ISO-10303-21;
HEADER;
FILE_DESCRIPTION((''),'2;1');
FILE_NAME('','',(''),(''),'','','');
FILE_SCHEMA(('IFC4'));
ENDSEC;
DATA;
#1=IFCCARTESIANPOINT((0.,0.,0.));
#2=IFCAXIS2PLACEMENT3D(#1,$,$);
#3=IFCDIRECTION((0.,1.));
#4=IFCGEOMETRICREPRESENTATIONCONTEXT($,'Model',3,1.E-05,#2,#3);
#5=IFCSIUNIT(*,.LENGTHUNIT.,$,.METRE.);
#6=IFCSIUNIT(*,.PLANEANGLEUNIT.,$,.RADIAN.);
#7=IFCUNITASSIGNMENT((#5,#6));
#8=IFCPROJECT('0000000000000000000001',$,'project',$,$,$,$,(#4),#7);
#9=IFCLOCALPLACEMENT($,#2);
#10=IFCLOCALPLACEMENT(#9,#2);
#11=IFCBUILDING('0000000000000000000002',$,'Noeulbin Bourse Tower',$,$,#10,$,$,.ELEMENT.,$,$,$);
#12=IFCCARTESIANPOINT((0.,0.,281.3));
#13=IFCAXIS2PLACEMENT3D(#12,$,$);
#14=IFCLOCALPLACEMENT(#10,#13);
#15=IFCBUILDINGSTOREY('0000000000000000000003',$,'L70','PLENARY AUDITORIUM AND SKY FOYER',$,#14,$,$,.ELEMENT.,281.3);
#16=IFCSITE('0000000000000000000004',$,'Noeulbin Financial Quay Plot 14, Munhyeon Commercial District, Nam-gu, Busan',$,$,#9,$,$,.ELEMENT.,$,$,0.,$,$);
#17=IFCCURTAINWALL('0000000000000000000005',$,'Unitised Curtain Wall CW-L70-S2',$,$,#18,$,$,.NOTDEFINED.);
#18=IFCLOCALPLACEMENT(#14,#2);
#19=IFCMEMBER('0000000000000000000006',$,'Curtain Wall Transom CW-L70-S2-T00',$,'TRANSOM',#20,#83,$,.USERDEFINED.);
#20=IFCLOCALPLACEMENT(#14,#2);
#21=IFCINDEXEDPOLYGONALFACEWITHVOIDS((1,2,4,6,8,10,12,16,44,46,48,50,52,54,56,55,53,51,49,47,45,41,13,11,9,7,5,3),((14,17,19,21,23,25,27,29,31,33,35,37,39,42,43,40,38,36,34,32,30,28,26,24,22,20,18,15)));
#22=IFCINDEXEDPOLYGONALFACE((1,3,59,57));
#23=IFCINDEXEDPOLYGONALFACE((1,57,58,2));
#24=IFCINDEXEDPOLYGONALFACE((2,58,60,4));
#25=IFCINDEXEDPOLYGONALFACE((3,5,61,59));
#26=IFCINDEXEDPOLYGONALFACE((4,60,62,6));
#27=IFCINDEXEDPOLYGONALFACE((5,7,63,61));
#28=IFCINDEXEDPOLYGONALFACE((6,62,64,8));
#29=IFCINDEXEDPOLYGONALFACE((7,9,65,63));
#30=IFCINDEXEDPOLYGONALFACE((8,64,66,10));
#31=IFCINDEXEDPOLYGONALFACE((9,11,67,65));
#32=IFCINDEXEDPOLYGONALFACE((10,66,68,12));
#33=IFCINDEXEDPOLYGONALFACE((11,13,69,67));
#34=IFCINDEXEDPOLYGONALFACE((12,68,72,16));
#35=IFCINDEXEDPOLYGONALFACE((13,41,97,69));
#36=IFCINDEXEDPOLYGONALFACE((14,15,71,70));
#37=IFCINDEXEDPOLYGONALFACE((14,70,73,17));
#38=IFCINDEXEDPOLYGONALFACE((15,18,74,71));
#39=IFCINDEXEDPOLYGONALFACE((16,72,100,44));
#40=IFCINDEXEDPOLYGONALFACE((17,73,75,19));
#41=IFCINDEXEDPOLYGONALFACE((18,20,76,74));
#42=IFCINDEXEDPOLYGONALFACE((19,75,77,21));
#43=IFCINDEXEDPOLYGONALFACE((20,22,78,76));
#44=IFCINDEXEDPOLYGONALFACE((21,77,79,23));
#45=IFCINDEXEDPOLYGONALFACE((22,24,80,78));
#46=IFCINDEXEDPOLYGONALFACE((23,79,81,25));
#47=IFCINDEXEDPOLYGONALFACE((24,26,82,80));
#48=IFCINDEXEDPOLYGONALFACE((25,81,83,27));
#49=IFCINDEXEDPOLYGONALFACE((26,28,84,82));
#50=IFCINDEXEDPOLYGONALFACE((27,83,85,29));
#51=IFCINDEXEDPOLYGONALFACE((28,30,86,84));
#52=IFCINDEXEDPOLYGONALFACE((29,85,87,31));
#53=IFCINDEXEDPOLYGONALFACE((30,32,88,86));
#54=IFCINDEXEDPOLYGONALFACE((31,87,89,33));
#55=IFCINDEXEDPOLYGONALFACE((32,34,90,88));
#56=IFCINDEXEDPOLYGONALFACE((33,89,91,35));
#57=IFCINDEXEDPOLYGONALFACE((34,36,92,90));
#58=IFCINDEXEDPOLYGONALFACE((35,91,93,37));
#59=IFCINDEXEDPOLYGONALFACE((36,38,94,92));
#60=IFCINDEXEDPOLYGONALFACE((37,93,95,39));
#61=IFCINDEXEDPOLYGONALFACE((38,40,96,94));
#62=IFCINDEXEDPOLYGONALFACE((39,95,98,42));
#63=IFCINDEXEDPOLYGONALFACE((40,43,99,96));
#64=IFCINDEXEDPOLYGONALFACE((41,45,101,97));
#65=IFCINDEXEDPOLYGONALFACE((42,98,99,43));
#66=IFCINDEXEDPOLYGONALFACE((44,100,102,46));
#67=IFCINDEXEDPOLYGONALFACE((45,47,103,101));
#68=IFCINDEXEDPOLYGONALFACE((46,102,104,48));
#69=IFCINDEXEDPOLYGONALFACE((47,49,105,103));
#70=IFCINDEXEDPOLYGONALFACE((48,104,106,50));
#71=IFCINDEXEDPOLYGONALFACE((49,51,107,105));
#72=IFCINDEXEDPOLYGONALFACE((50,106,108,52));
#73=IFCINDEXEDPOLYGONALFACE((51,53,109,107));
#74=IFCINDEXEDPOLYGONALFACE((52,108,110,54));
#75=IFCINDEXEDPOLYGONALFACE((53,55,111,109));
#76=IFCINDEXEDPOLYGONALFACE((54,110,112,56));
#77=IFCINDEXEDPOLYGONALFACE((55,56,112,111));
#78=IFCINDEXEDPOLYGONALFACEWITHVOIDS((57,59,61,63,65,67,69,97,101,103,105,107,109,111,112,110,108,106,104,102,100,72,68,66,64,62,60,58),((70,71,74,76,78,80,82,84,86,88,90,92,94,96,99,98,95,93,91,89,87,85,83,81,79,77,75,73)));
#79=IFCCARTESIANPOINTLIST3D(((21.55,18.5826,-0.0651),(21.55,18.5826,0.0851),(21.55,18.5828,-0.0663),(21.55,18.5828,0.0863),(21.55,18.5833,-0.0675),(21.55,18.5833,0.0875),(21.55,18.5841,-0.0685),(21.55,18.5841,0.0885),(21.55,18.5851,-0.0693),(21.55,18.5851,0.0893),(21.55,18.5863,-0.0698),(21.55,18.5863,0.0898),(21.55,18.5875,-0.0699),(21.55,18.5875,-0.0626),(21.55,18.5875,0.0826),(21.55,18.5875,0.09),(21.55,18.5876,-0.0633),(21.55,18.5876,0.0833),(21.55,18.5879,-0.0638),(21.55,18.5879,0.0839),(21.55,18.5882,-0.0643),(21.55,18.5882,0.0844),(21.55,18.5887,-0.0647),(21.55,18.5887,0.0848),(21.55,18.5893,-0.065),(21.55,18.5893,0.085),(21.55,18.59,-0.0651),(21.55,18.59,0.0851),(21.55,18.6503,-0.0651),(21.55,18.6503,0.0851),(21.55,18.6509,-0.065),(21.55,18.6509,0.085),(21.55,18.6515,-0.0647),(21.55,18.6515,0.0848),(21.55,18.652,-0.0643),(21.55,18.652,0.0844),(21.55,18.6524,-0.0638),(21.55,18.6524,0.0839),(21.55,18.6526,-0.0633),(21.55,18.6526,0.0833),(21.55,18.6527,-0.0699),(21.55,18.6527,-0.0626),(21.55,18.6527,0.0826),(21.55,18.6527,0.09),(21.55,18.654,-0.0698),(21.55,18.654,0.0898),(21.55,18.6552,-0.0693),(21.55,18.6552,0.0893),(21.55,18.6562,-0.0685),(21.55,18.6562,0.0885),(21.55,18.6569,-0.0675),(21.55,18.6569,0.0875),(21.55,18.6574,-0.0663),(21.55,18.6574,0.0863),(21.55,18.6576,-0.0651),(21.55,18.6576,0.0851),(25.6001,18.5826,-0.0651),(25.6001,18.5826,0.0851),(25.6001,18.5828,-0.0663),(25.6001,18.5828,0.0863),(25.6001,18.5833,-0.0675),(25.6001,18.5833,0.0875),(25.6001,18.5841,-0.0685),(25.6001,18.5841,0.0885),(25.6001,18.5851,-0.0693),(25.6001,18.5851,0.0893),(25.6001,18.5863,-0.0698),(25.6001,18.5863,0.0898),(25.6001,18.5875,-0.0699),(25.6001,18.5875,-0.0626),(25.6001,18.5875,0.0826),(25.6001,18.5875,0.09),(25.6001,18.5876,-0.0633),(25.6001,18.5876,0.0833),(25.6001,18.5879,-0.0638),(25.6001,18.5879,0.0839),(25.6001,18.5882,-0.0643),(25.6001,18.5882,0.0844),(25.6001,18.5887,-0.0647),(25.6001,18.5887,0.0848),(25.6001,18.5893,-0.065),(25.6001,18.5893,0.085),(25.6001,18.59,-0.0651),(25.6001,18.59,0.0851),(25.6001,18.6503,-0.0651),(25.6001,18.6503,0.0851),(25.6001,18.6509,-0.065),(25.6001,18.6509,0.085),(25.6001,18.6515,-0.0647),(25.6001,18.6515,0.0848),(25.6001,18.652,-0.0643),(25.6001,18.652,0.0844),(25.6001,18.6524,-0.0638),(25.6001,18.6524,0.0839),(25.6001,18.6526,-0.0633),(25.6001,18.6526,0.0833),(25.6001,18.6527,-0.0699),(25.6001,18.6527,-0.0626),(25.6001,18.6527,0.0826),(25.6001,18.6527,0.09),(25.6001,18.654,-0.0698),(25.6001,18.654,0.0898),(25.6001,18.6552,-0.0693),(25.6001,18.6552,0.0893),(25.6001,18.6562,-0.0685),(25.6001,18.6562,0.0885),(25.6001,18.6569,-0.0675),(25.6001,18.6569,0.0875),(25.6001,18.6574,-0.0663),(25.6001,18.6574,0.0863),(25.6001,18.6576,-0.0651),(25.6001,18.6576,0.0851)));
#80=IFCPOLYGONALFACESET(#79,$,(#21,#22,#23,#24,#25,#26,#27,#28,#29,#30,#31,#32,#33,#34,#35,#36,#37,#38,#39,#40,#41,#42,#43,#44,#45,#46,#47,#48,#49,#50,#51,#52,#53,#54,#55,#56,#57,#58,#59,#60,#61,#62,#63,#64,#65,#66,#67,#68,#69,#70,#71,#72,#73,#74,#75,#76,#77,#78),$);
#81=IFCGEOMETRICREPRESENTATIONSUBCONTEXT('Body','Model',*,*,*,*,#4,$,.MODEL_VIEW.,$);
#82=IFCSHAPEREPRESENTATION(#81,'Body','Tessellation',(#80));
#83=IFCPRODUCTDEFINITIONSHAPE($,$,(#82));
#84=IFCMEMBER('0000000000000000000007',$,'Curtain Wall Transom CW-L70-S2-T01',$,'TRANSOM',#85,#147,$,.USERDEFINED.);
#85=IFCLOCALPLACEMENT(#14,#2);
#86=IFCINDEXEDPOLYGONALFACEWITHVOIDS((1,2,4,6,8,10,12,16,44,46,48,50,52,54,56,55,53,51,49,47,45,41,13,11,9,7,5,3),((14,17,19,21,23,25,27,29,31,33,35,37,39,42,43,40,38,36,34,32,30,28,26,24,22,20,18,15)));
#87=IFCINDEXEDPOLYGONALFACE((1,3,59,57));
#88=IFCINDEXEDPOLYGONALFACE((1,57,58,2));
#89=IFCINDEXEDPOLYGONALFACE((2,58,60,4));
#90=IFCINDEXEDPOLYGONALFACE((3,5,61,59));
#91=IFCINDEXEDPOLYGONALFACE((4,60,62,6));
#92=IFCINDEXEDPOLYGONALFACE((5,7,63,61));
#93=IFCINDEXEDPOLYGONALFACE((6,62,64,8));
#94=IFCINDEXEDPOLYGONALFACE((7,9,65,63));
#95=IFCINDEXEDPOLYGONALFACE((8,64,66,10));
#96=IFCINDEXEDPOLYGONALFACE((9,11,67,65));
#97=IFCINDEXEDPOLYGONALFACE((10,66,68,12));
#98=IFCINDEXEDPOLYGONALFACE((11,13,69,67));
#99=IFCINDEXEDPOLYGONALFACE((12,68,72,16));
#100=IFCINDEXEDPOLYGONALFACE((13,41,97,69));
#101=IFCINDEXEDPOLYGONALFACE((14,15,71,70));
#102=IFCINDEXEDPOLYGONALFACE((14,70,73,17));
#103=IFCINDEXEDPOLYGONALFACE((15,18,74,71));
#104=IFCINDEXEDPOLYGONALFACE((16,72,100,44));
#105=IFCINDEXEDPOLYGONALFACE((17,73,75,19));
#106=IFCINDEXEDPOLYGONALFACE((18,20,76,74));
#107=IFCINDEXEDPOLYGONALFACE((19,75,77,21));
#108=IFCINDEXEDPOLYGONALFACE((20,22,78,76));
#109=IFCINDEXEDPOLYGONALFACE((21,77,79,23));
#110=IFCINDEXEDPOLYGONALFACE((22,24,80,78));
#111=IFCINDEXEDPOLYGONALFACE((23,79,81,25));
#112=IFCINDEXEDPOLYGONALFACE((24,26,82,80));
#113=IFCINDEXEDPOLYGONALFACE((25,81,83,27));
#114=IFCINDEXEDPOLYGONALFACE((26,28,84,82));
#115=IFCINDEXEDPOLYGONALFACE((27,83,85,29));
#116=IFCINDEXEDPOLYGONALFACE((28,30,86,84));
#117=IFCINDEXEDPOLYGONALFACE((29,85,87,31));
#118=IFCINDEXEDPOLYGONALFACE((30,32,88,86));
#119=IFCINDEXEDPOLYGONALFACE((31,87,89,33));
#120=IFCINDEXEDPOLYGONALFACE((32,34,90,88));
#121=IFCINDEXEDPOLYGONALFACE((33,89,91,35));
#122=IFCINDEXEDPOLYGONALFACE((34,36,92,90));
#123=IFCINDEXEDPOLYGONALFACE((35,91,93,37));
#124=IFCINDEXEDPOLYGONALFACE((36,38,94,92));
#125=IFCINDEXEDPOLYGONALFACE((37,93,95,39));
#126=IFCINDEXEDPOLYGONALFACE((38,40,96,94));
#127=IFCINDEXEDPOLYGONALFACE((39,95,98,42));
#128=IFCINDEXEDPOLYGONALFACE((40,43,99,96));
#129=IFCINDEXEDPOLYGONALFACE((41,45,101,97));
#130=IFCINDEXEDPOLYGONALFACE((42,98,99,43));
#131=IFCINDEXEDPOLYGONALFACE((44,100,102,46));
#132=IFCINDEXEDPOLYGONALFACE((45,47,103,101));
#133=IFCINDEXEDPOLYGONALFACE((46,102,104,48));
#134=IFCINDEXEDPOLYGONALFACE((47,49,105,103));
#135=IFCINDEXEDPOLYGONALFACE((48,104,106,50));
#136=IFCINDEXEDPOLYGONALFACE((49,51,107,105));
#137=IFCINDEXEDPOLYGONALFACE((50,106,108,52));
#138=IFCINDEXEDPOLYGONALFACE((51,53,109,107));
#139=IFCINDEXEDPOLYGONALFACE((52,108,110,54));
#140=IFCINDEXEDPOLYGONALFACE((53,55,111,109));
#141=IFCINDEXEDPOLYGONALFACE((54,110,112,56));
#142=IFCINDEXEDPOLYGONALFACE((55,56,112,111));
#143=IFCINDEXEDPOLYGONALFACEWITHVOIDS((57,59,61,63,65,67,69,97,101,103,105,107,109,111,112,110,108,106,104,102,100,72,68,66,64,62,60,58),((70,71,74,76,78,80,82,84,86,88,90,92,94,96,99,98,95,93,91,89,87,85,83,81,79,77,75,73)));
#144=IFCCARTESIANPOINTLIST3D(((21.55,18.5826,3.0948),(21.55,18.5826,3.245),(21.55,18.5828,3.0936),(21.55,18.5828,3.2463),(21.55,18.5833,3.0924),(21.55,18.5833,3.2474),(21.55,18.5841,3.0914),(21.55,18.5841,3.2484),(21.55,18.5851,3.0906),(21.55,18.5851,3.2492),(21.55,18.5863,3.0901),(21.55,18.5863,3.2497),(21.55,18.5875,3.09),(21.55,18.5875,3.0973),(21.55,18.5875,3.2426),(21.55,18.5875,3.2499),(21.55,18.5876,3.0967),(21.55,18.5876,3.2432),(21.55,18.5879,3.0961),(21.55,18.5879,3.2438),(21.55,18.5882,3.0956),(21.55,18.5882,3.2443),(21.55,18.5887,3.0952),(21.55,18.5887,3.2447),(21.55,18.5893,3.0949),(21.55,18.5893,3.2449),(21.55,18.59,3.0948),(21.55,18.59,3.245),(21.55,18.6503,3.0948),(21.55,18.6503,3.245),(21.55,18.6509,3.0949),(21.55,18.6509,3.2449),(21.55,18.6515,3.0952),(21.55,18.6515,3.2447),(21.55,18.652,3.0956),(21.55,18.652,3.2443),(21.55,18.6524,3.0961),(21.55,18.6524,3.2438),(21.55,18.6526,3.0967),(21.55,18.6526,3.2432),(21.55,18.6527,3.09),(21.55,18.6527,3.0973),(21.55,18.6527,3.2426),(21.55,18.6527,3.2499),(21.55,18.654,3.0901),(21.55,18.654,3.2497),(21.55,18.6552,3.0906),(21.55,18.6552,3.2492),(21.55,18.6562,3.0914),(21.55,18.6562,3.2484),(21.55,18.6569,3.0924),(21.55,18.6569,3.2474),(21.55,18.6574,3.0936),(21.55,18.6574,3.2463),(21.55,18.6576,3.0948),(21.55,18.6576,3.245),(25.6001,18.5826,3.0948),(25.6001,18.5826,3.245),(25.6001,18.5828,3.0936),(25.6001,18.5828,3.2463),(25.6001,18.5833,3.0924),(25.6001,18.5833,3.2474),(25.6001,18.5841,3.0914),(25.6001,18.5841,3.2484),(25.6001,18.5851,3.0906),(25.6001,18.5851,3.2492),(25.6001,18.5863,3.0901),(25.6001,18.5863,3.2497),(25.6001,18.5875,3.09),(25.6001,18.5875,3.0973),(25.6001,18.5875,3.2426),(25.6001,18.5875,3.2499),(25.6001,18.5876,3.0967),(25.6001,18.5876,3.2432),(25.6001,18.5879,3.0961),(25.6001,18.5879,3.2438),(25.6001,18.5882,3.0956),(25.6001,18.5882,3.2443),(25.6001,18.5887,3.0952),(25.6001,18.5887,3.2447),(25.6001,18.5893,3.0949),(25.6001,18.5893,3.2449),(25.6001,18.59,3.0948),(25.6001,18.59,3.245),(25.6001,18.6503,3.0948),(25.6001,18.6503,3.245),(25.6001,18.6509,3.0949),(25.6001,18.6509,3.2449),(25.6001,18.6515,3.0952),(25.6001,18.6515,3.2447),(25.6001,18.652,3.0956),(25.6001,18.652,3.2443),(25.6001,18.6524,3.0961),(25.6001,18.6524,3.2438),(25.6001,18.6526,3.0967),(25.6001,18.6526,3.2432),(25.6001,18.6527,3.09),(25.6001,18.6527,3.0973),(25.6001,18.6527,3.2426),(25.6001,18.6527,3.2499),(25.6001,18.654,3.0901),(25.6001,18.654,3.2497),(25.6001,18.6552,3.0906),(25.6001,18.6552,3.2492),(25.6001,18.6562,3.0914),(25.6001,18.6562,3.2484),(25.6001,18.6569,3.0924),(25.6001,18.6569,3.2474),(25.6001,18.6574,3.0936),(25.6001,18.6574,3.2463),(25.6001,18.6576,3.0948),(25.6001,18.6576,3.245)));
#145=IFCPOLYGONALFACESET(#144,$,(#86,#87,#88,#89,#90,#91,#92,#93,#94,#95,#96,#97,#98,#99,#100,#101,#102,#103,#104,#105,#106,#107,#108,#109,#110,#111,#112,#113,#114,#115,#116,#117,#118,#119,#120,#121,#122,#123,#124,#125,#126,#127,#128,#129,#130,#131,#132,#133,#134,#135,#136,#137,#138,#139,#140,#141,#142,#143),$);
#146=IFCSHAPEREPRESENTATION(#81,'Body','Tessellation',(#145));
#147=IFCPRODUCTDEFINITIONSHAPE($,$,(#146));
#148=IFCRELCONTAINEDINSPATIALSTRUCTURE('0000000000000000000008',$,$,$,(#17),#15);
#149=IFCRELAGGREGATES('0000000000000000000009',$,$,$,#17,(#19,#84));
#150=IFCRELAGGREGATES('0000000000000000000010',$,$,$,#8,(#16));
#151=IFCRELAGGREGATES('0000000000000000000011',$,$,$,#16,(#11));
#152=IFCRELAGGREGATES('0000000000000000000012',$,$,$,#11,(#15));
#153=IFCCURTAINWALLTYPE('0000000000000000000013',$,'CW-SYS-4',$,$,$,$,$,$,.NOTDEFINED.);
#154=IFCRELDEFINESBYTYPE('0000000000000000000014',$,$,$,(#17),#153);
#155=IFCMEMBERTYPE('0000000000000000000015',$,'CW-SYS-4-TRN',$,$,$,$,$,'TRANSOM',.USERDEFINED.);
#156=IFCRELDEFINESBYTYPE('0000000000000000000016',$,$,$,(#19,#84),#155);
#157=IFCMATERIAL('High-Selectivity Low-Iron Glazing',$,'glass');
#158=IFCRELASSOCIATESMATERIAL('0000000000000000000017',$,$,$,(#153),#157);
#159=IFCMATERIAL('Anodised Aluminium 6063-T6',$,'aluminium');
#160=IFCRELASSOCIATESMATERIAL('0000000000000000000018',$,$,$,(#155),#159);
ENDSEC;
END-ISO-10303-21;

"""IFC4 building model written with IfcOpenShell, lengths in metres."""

from ifc_helpers import new_model, si_unit, direction, frame, origin, origin_2d, place, context, subcontext, project, spatial, hollow_rectangle, extrude, material, material_profile, profile_set, type_object, element, aggregate, save


model = new_model("IFC4")

# Units and contexts
model_context = context("Model", 3, precision=1e-05, world=origin(), true_north=direction((0.0, 1.0)))
body_context = subcontext(model_context, "Body", "Model", "MODEL_VIEW")
ifc_project = project(units=[si_unit("LENGTHUNIT", "METRE"), si_unit("PLANEANGLEUNIT", "RADIAN")], contexts=[model_context])

# Site, building, storey
site_placement = place(None, origin())
site = spatial("IfcSite", under=ifc_project, at=site_placement, Name="Noeulbin Financial Quay Plot 14, Munhyeon Commercial District, Nam-gu, Busan", CompositionType="ELEMENT", RefElevation=0.0)
building_placement = place(site_placement, origin())
building = spatial("IfcBuilding", under=site, at=building_placement, Name="Noeulbin Bourse Tower", CompositionType="ELEMENT")
storey_placement = place(building_placement, frame((0.0, 0.0, 281.3)))
storey = spatial("IfcBuildingStorey", under=building, at=storey_placement, Name="L70", Description="PLENARY AUDITORIUM AND SKY FOYER", CompositionType="ELEMENT", Elevation=281.3)

# Shared definitions
ifc_material_1 = material(Name="High-Selectivity Low-Iron Glazing", Category="glass")
curtain_wall_type = type_object("IfcCurtainWallType", Name="CW-SYS-4", PredefinedType="NOTDEFINED", material=ifc_material_1)
ifc_material_2 = material(Name="Anodised Aluminium 6063-T6", Category="aluminium")

# Curtain wall
curtain_wall_1_placement = place(storey_placement, origin())
curtain_wall_1 = element("IfcCurtainWall", 1, at=curtain_wall_1_placement, inside=storey, type_object=curtain_wall_type, Name="Unitised Curtain Wall CW-L70-S2", PredefinedType="NOTDEFINED")

# Members
ifc_material_profile_1 = material_profile(ifc_material_2, hollow_rectangle(XDim=0.075, YDim=0.1599, WallThickness=0.0049, InnerFilletRadius=0.0024, OuterFilletRadius=0.0049, at=origin_2d()), Name="ALU-TRAN-75x160x5", Category="LoadBearing")
ifc_profile_set_1 = profile_set([ifc_material_profile_1], Name="Anodised Aluminium 6063-T6")
member_type_1 = type_object("IfcMemberType", Name="CW-SYS-4-TRN", ElementType="TRANSOM", PredefinedType="USERDEFINED", material=ifc_profile_set_1)
member_1_placement = place(storey_placement, frame((21.55, 18.6201, 0.01), z_axis=(1.0, 0.0, 0.0), x_axis=(0.0, 1.0, 0.0)))
member_1 = element("IfcMember", 2, at=member_1_placement, type_object=member_type_1, Name="Curtain Wall Transom CW-L70-S2-T00", ObjectType="TRANSOM", PredefinedType="USERDEFINED", context=body_context, shape_type="SweptSolid", body=[
    extrude(hollow_rectangle(XDim=0.075, YDim=0.1599, WallThickness=0.0049, InnerFilletRadius=0.0024, OuterFilletRadius=0.0049, at=origin_2d()), origin(), (0.0, 0.0, 1.0), 4.05),
])
member_2_placement = place(storey_placement, frame((21.55, 18.6201, 3.1699), z_axis=(1.0, 0.0, 0.0), x_axis=(0.0, 1.0, 0.0)))
member_2 = element("IfcMember", 3, at=member_2_placement, type_object=member_type_1, Name="Curtain Wall Transom CW-L70-S2-T01", ObjectType="TRANSOM", PredefinedType="USERDEFINED", context=body_context, shape_type="SweptSolid", body=[
    extrude(hollow_rectangle(XDim=0.075, YDim=0.1599, WallThickness=0.0049, InnerFilletRadius=0.0024, OuterFilletRadius=0.0049, at=origin_2d()), origin(), (0.0, 0.0, 1.0), 4.05),
])

aggregate(curtain_wall_1, [member_1, member_2])

save(model, "model.ifc")
